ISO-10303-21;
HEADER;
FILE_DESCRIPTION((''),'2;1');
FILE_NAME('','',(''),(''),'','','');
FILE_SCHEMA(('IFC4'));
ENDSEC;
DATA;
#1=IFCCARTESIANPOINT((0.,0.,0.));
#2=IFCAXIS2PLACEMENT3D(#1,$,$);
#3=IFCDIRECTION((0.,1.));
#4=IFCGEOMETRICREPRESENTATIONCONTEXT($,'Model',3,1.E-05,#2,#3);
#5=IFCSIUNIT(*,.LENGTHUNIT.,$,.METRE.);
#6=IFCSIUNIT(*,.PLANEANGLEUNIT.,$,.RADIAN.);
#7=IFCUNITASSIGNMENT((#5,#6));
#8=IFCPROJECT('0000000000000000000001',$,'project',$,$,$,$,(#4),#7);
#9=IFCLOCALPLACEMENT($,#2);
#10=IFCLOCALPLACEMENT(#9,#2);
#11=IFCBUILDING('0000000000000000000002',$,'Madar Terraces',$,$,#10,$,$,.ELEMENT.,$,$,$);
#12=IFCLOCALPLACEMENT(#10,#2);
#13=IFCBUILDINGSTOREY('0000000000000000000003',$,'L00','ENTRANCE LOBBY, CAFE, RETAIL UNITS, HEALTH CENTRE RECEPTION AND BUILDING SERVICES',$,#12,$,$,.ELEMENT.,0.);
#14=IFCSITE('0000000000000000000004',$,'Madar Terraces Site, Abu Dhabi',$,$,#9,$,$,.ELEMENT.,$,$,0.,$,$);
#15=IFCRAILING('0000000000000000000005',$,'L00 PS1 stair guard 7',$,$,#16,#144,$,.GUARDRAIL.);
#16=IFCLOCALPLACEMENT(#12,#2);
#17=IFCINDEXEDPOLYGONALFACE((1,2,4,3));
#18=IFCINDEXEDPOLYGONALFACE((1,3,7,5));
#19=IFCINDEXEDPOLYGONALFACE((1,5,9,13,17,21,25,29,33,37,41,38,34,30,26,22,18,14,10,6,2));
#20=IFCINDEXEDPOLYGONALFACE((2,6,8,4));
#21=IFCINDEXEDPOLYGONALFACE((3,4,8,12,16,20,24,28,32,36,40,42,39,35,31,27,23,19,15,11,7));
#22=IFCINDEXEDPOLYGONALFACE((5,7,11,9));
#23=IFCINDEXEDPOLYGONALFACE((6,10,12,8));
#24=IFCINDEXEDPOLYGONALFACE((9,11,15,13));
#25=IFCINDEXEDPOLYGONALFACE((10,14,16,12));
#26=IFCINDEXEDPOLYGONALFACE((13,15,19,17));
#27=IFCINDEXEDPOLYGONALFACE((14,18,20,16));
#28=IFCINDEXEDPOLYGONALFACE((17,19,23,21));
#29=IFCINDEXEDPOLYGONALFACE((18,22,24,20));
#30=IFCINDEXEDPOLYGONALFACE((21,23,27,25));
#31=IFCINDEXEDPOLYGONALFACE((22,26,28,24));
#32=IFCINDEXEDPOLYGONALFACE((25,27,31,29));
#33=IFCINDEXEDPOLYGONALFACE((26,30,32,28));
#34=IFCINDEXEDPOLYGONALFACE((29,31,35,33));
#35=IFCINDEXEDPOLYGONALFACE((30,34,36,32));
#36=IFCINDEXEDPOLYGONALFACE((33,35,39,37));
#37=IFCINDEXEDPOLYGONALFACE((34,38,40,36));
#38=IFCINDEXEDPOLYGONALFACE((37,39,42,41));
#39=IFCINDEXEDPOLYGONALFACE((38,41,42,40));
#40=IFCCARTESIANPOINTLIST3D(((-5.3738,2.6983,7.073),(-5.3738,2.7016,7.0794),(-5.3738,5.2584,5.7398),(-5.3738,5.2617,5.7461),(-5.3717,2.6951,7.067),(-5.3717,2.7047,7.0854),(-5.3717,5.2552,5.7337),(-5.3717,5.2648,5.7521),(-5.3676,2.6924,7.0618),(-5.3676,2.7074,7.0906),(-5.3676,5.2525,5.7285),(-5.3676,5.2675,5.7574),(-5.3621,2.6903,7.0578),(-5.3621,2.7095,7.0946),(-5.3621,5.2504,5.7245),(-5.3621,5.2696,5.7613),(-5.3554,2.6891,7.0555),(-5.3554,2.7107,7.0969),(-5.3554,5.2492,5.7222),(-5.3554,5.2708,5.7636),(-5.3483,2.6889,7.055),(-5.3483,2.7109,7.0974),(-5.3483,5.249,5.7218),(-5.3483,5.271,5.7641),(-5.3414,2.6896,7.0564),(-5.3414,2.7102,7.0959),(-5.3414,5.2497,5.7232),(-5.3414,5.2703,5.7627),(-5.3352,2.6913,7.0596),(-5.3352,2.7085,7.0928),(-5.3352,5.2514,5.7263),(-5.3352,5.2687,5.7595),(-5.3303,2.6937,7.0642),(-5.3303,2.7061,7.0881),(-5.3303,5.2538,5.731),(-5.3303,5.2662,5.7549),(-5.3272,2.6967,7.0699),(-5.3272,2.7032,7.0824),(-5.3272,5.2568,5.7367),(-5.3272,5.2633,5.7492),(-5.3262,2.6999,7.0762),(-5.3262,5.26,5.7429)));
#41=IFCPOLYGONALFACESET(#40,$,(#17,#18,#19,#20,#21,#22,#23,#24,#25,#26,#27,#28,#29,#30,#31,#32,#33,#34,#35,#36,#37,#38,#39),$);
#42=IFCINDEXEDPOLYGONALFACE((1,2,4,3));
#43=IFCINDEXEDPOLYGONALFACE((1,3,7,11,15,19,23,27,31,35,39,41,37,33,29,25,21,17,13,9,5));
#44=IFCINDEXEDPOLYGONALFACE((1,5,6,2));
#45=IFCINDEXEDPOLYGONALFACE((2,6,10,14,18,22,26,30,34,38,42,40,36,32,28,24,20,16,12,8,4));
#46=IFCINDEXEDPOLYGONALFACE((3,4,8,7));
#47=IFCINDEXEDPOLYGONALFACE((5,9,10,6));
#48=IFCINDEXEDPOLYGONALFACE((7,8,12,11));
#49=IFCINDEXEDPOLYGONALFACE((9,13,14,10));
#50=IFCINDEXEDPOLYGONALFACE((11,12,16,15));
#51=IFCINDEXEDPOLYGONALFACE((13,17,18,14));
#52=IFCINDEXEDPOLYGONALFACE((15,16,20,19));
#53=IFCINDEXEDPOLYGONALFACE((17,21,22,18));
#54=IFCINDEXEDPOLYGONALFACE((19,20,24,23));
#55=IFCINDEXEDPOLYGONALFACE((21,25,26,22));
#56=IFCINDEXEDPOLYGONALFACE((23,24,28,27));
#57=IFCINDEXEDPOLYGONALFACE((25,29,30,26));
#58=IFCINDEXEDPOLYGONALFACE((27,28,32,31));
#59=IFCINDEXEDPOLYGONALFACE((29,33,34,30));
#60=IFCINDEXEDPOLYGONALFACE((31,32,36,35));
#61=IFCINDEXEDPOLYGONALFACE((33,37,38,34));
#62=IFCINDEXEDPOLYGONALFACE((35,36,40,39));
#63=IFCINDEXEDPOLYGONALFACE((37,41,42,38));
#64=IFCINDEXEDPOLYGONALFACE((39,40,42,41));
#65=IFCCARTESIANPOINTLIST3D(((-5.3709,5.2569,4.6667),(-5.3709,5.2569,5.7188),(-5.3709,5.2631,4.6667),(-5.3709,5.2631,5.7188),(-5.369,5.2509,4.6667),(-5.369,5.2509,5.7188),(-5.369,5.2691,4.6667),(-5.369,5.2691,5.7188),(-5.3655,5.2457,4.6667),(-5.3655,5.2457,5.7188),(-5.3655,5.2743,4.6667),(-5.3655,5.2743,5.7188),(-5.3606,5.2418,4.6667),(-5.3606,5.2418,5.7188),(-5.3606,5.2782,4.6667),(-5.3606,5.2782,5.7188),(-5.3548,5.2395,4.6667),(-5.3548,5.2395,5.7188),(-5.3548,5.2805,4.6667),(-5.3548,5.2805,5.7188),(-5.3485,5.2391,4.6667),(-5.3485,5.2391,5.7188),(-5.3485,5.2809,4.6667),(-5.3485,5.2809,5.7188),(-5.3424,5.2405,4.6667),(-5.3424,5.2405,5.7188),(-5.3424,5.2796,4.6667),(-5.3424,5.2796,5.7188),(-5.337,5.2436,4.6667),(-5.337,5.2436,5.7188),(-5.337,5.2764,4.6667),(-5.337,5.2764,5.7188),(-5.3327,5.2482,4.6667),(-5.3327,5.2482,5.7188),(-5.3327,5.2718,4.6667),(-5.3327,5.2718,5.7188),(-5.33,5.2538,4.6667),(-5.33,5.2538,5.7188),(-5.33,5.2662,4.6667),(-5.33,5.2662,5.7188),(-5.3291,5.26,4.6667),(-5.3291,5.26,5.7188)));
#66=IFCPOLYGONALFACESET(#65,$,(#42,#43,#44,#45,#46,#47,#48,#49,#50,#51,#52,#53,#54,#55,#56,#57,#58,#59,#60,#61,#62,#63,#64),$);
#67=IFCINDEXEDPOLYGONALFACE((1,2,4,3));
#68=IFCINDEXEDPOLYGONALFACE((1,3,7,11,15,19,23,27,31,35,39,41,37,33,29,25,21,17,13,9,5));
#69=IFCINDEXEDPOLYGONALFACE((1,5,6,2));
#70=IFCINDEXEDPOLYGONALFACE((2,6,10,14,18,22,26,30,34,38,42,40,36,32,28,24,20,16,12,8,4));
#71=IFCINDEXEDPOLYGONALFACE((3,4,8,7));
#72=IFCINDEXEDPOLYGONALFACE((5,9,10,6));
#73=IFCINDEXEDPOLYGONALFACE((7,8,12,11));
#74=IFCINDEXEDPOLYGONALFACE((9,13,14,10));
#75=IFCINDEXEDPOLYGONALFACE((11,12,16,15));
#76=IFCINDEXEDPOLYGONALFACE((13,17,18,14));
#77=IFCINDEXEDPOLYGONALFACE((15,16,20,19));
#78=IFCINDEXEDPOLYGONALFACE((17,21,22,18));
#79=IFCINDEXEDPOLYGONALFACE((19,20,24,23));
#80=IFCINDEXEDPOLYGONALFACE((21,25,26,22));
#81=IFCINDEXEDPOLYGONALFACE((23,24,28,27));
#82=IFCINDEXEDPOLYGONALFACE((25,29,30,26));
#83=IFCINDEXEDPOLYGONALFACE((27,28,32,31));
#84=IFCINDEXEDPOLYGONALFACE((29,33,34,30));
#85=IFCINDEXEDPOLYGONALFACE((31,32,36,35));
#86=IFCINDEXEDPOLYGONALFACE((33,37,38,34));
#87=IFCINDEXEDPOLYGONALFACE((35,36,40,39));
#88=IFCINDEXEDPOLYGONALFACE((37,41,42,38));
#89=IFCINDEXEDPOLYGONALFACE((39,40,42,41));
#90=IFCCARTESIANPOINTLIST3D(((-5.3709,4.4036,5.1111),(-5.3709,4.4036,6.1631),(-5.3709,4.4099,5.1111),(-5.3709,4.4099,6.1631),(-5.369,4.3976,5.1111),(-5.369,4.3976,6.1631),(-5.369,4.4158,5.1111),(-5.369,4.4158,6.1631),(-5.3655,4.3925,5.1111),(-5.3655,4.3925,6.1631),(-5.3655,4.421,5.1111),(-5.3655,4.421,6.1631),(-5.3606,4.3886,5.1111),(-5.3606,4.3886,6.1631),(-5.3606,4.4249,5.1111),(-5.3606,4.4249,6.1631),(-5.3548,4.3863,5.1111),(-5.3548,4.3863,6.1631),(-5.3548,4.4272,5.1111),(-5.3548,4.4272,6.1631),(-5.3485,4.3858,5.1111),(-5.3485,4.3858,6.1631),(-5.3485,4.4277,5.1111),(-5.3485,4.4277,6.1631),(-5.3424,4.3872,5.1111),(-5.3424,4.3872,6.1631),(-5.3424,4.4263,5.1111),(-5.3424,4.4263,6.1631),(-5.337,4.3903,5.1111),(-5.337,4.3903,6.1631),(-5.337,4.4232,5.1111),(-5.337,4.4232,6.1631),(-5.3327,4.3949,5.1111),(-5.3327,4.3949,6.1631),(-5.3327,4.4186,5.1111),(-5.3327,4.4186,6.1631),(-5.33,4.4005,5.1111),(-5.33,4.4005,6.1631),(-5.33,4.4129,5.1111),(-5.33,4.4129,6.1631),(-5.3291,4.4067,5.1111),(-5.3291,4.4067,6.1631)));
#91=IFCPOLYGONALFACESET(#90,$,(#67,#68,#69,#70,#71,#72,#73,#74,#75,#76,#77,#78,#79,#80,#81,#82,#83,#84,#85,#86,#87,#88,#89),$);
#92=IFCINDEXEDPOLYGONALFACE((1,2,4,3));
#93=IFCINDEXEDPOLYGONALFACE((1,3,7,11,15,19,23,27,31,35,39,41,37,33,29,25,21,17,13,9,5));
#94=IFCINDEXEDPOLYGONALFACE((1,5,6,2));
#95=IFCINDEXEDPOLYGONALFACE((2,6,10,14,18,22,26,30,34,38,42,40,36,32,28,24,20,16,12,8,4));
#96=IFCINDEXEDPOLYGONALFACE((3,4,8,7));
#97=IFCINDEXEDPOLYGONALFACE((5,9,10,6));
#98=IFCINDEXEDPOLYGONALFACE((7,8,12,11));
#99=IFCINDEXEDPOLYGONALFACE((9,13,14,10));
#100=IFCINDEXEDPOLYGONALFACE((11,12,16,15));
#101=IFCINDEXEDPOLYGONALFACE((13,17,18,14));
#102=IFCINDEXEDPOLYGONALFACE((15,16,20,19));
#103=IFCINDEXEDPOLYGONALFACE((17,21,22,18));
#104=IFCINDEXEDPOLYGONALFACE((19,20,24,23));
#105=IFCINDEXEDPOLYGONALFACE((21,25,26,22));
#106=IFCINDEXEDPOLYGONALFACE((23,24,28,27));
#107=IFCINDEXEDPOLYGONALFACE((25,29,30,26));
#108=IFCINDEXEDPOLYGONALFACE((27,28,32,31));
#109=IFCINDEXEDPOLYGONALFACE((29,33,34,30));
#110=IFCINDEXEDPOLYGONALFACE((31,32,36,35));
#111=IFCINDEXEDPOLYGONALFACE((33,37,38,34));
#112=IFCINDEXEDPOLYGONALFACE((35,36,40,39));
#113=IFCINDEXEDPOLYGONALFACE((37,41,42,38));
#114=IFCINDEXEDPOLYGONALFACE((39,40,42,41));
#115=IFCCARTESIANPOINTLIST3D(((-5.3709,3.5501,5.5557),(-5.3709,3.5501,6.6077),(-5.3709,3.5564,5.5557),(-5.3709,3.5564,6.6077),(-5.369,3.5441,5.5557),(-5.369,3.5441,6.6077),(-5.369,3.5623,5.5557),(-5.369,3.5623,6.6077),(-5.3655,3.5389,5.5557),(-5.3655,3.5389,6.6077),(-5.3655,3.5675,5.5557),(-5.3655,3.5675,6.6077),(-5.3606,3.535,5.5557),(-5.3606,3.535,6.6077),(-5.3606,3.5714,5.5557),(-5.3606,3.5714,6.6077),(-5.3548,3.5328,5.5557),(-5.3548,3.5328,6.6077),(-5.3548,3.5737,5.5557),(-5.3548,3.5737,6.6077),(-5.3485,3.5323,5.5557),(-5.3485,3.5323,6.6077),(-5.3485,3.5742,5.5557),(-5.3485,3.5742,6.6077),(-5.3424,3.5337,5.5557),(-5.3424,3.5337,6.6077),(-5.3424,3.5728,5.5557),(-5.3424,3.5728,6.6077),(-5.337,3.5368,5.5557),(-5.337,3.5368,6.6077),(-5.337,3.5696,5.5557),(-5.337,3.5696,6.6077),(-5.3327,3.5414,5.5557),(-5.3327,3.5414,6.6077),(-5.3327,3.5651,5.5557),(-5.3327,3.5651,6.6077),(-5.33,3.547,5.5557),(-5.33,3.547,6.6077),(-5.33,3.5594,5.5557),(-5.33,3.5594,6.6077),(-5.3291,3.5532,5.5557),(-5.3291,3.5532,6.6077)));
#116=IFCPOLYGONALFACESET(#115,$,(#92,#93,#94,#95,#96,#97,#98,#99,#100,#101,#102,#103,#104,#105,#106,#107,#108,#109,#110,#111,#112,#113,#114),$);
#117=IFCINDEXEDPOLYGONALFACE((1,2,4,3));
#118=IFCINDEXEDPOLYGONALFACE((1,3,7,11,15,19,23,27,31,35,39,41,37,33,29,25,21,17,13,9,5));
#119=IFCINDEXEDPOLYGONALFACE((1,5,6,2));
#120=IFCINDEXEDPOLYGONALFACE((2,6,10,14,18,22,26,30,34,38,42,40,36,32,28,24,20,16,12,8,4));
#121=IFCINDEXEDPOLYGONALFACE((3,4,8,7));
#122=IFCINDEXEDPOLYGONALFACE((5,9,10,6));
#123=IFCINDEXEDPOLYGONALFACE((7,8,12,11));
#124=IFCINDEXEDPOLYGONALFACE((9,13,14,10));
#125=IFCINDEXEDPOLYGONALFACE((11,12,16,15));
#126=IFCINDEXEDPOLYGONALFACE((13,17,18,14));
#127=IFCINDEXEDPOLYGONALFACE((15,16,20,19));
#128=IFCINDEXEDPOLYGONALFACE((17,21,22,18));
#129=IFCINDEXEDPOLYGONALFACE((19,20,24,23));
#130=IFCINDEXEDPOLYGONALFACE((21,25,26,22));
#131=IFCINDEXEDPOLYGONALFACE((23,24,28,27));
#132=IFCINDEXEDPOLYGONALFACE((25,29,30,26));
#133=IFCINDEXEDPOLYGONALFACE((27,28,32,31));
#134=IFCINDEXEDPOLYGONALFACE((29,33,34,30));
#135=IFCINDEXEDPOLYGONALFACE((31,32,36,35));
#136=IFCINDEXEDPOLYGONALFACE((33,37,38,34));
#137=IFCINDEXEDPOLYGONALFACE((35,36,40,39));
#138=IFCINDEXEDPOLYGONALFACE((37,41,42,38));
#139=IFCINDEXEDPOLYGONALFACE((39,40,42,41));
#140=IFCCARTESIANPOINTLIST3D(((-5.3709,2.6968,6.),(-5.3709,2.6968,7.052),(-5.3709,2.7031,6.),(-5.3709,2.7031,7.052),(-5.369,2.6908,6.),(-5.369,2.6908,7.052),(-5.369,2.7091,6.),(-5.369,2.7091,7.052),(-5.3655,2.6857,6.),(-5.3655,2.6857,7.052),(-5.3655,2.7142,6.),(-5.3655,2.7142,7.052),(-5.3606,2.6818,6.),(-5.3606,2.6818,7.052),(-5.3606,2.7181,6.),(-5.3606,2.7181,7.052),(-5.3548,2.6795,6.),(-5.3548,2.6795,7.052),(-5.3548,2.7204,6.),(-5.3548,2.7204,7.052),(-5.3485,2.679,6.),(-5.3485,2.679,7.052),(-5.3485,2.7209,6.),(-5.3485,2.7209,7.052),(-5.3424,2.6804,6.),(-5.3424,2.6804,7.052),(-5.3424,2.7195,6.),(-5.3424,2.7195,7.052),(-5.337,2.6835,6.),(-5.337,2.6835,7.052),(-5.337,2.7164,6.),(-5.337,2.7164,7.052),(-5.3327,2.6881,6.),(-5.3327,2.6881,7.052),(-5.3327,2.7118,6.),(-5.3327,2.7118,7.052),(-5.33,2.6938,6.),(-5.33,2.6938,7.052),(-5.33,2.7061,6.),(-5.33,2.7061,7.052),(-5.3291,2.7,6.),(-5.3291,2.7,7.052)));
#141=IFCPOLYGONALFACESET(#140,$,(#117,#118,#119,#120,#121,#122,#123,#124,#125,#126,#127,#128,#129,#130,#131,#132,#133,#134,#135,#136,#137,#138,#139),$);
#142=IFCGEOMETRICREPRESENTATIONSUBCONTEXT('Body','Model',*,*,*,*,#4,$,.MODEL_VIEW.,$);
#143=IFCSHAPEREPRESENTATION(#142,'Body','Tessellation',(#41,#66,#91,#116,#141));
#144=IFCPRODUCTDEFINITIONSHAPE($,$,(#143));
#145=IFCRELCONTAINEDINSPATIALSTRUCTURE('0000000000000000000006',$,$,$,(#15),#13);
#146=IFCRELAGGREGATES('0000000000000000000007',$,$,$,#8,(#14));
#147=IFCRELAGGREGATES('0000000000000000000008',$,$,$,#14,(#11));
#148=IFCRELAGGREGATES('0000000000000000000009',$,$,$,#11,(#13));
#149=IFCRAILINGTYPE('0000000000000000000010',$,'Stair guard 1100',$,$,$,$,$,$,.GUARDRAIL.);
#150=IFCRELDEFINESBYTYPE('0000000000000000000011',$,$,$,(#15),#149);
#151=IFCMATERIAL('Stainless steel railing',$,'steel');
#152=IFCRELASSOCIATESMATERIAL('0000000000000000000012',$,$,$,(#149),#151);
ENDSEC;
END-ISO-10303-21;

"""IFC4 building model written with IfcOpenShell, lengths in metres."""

from ifc_helpers import new_model, si_unit, direction, frame, origin, origin_2d, place, context, subcontext, project, spatial, circle, extrude, material, type_object, element, save


model = new_model("IFC4")

# Units and contexts
model_context = context("Model", 3, precision=1e-05, world=origin(), true_north=direction((0.0, 1.0)))
body_context = subcontext(model_context, "Body", "Model", "MODEL_VIEW")
ifc_project = project(units=[si_unit("LENGTHUNIT", "METRE"), si_unit("PLANEANGLEUNIT", "RADIAN")], contexts=[model_context])

# Site, building, storey
site_placement = place(None, origin())
site = spatial("IfcSite", under=ifc_project, at=site_placement, Name="Madar Terraces Site, Abu Dhabi", CompositionType="ELEMENT", RefElevation=0.0)
building_placement = place(site_placement, origin())
building = spatial("IfcBuilding", under=site, at=building_placement, Name="Madar Terraces", CompositionType="ELEMENT")
storey_placement = place(building_placement, origin())
storey = spatial("IfcBuildingStorey", under=building, at=storey_placement, Name="L00", Description="ENTRANCE LOBBY, CAFE, RETAIL UNITS, HEALTH CENTRE RECEPTION AND BUILDING SERVICES", CompositionType="ELEMENT", Elevation=0.0)

# Railing
ifc_material_1 = material(Name="Stainless steel railing", Category="steel")
railing_type_1 = type_object("IfcRailingType", Name="Stair guard 1100", PredefinedType="GUARDRAIL", material=ifc_material_1)
railing_1_placement = place(storey_placement, frame((-5.3501, 5.26, 4.6667)))
element("IfcRailing", 1, at=railing_1_placement, inside=storey, type_object=railing_type_1, Name="L00 PS1 stair guard 7", PredefinedType="GUARDRAIL", context=body_context, shape_type="SweptSolid", body=[
    extrude(circle(Radius=0.0239, at=origin_2d()), frame((0.0, 0.0, 1.0762), z_axis=(0.0, -0.88693, 0.461904), x_axis=(1.0, 0.0, 0.0)), (0.0, 0.0, 1.0), 2.8865),
    extrude(circle(Radius=0.021, at=origin_2d()), origin(), (0.0, 0.0, 1.0), 1.052),
    extrude(circle(Radius=0.021, at=origin_2d()), frame((0.0, -0.8533, 0.4443)), (0.0, 0.0, 1.0), 1.052),
    extrude(circle(Radius=0.021, at=origin_2d()), frame((0.0, -1.7068, 0.8889)), (0.0, 0.0, 1.0), 1.052),
    extrude(circle(Radius=0.021, at=origin_2d()), frame((0.0, -2.5601, 1.3333)), (0.0, 0.0, 1.0), 1.052),
])

save(model, "model.ifc")
